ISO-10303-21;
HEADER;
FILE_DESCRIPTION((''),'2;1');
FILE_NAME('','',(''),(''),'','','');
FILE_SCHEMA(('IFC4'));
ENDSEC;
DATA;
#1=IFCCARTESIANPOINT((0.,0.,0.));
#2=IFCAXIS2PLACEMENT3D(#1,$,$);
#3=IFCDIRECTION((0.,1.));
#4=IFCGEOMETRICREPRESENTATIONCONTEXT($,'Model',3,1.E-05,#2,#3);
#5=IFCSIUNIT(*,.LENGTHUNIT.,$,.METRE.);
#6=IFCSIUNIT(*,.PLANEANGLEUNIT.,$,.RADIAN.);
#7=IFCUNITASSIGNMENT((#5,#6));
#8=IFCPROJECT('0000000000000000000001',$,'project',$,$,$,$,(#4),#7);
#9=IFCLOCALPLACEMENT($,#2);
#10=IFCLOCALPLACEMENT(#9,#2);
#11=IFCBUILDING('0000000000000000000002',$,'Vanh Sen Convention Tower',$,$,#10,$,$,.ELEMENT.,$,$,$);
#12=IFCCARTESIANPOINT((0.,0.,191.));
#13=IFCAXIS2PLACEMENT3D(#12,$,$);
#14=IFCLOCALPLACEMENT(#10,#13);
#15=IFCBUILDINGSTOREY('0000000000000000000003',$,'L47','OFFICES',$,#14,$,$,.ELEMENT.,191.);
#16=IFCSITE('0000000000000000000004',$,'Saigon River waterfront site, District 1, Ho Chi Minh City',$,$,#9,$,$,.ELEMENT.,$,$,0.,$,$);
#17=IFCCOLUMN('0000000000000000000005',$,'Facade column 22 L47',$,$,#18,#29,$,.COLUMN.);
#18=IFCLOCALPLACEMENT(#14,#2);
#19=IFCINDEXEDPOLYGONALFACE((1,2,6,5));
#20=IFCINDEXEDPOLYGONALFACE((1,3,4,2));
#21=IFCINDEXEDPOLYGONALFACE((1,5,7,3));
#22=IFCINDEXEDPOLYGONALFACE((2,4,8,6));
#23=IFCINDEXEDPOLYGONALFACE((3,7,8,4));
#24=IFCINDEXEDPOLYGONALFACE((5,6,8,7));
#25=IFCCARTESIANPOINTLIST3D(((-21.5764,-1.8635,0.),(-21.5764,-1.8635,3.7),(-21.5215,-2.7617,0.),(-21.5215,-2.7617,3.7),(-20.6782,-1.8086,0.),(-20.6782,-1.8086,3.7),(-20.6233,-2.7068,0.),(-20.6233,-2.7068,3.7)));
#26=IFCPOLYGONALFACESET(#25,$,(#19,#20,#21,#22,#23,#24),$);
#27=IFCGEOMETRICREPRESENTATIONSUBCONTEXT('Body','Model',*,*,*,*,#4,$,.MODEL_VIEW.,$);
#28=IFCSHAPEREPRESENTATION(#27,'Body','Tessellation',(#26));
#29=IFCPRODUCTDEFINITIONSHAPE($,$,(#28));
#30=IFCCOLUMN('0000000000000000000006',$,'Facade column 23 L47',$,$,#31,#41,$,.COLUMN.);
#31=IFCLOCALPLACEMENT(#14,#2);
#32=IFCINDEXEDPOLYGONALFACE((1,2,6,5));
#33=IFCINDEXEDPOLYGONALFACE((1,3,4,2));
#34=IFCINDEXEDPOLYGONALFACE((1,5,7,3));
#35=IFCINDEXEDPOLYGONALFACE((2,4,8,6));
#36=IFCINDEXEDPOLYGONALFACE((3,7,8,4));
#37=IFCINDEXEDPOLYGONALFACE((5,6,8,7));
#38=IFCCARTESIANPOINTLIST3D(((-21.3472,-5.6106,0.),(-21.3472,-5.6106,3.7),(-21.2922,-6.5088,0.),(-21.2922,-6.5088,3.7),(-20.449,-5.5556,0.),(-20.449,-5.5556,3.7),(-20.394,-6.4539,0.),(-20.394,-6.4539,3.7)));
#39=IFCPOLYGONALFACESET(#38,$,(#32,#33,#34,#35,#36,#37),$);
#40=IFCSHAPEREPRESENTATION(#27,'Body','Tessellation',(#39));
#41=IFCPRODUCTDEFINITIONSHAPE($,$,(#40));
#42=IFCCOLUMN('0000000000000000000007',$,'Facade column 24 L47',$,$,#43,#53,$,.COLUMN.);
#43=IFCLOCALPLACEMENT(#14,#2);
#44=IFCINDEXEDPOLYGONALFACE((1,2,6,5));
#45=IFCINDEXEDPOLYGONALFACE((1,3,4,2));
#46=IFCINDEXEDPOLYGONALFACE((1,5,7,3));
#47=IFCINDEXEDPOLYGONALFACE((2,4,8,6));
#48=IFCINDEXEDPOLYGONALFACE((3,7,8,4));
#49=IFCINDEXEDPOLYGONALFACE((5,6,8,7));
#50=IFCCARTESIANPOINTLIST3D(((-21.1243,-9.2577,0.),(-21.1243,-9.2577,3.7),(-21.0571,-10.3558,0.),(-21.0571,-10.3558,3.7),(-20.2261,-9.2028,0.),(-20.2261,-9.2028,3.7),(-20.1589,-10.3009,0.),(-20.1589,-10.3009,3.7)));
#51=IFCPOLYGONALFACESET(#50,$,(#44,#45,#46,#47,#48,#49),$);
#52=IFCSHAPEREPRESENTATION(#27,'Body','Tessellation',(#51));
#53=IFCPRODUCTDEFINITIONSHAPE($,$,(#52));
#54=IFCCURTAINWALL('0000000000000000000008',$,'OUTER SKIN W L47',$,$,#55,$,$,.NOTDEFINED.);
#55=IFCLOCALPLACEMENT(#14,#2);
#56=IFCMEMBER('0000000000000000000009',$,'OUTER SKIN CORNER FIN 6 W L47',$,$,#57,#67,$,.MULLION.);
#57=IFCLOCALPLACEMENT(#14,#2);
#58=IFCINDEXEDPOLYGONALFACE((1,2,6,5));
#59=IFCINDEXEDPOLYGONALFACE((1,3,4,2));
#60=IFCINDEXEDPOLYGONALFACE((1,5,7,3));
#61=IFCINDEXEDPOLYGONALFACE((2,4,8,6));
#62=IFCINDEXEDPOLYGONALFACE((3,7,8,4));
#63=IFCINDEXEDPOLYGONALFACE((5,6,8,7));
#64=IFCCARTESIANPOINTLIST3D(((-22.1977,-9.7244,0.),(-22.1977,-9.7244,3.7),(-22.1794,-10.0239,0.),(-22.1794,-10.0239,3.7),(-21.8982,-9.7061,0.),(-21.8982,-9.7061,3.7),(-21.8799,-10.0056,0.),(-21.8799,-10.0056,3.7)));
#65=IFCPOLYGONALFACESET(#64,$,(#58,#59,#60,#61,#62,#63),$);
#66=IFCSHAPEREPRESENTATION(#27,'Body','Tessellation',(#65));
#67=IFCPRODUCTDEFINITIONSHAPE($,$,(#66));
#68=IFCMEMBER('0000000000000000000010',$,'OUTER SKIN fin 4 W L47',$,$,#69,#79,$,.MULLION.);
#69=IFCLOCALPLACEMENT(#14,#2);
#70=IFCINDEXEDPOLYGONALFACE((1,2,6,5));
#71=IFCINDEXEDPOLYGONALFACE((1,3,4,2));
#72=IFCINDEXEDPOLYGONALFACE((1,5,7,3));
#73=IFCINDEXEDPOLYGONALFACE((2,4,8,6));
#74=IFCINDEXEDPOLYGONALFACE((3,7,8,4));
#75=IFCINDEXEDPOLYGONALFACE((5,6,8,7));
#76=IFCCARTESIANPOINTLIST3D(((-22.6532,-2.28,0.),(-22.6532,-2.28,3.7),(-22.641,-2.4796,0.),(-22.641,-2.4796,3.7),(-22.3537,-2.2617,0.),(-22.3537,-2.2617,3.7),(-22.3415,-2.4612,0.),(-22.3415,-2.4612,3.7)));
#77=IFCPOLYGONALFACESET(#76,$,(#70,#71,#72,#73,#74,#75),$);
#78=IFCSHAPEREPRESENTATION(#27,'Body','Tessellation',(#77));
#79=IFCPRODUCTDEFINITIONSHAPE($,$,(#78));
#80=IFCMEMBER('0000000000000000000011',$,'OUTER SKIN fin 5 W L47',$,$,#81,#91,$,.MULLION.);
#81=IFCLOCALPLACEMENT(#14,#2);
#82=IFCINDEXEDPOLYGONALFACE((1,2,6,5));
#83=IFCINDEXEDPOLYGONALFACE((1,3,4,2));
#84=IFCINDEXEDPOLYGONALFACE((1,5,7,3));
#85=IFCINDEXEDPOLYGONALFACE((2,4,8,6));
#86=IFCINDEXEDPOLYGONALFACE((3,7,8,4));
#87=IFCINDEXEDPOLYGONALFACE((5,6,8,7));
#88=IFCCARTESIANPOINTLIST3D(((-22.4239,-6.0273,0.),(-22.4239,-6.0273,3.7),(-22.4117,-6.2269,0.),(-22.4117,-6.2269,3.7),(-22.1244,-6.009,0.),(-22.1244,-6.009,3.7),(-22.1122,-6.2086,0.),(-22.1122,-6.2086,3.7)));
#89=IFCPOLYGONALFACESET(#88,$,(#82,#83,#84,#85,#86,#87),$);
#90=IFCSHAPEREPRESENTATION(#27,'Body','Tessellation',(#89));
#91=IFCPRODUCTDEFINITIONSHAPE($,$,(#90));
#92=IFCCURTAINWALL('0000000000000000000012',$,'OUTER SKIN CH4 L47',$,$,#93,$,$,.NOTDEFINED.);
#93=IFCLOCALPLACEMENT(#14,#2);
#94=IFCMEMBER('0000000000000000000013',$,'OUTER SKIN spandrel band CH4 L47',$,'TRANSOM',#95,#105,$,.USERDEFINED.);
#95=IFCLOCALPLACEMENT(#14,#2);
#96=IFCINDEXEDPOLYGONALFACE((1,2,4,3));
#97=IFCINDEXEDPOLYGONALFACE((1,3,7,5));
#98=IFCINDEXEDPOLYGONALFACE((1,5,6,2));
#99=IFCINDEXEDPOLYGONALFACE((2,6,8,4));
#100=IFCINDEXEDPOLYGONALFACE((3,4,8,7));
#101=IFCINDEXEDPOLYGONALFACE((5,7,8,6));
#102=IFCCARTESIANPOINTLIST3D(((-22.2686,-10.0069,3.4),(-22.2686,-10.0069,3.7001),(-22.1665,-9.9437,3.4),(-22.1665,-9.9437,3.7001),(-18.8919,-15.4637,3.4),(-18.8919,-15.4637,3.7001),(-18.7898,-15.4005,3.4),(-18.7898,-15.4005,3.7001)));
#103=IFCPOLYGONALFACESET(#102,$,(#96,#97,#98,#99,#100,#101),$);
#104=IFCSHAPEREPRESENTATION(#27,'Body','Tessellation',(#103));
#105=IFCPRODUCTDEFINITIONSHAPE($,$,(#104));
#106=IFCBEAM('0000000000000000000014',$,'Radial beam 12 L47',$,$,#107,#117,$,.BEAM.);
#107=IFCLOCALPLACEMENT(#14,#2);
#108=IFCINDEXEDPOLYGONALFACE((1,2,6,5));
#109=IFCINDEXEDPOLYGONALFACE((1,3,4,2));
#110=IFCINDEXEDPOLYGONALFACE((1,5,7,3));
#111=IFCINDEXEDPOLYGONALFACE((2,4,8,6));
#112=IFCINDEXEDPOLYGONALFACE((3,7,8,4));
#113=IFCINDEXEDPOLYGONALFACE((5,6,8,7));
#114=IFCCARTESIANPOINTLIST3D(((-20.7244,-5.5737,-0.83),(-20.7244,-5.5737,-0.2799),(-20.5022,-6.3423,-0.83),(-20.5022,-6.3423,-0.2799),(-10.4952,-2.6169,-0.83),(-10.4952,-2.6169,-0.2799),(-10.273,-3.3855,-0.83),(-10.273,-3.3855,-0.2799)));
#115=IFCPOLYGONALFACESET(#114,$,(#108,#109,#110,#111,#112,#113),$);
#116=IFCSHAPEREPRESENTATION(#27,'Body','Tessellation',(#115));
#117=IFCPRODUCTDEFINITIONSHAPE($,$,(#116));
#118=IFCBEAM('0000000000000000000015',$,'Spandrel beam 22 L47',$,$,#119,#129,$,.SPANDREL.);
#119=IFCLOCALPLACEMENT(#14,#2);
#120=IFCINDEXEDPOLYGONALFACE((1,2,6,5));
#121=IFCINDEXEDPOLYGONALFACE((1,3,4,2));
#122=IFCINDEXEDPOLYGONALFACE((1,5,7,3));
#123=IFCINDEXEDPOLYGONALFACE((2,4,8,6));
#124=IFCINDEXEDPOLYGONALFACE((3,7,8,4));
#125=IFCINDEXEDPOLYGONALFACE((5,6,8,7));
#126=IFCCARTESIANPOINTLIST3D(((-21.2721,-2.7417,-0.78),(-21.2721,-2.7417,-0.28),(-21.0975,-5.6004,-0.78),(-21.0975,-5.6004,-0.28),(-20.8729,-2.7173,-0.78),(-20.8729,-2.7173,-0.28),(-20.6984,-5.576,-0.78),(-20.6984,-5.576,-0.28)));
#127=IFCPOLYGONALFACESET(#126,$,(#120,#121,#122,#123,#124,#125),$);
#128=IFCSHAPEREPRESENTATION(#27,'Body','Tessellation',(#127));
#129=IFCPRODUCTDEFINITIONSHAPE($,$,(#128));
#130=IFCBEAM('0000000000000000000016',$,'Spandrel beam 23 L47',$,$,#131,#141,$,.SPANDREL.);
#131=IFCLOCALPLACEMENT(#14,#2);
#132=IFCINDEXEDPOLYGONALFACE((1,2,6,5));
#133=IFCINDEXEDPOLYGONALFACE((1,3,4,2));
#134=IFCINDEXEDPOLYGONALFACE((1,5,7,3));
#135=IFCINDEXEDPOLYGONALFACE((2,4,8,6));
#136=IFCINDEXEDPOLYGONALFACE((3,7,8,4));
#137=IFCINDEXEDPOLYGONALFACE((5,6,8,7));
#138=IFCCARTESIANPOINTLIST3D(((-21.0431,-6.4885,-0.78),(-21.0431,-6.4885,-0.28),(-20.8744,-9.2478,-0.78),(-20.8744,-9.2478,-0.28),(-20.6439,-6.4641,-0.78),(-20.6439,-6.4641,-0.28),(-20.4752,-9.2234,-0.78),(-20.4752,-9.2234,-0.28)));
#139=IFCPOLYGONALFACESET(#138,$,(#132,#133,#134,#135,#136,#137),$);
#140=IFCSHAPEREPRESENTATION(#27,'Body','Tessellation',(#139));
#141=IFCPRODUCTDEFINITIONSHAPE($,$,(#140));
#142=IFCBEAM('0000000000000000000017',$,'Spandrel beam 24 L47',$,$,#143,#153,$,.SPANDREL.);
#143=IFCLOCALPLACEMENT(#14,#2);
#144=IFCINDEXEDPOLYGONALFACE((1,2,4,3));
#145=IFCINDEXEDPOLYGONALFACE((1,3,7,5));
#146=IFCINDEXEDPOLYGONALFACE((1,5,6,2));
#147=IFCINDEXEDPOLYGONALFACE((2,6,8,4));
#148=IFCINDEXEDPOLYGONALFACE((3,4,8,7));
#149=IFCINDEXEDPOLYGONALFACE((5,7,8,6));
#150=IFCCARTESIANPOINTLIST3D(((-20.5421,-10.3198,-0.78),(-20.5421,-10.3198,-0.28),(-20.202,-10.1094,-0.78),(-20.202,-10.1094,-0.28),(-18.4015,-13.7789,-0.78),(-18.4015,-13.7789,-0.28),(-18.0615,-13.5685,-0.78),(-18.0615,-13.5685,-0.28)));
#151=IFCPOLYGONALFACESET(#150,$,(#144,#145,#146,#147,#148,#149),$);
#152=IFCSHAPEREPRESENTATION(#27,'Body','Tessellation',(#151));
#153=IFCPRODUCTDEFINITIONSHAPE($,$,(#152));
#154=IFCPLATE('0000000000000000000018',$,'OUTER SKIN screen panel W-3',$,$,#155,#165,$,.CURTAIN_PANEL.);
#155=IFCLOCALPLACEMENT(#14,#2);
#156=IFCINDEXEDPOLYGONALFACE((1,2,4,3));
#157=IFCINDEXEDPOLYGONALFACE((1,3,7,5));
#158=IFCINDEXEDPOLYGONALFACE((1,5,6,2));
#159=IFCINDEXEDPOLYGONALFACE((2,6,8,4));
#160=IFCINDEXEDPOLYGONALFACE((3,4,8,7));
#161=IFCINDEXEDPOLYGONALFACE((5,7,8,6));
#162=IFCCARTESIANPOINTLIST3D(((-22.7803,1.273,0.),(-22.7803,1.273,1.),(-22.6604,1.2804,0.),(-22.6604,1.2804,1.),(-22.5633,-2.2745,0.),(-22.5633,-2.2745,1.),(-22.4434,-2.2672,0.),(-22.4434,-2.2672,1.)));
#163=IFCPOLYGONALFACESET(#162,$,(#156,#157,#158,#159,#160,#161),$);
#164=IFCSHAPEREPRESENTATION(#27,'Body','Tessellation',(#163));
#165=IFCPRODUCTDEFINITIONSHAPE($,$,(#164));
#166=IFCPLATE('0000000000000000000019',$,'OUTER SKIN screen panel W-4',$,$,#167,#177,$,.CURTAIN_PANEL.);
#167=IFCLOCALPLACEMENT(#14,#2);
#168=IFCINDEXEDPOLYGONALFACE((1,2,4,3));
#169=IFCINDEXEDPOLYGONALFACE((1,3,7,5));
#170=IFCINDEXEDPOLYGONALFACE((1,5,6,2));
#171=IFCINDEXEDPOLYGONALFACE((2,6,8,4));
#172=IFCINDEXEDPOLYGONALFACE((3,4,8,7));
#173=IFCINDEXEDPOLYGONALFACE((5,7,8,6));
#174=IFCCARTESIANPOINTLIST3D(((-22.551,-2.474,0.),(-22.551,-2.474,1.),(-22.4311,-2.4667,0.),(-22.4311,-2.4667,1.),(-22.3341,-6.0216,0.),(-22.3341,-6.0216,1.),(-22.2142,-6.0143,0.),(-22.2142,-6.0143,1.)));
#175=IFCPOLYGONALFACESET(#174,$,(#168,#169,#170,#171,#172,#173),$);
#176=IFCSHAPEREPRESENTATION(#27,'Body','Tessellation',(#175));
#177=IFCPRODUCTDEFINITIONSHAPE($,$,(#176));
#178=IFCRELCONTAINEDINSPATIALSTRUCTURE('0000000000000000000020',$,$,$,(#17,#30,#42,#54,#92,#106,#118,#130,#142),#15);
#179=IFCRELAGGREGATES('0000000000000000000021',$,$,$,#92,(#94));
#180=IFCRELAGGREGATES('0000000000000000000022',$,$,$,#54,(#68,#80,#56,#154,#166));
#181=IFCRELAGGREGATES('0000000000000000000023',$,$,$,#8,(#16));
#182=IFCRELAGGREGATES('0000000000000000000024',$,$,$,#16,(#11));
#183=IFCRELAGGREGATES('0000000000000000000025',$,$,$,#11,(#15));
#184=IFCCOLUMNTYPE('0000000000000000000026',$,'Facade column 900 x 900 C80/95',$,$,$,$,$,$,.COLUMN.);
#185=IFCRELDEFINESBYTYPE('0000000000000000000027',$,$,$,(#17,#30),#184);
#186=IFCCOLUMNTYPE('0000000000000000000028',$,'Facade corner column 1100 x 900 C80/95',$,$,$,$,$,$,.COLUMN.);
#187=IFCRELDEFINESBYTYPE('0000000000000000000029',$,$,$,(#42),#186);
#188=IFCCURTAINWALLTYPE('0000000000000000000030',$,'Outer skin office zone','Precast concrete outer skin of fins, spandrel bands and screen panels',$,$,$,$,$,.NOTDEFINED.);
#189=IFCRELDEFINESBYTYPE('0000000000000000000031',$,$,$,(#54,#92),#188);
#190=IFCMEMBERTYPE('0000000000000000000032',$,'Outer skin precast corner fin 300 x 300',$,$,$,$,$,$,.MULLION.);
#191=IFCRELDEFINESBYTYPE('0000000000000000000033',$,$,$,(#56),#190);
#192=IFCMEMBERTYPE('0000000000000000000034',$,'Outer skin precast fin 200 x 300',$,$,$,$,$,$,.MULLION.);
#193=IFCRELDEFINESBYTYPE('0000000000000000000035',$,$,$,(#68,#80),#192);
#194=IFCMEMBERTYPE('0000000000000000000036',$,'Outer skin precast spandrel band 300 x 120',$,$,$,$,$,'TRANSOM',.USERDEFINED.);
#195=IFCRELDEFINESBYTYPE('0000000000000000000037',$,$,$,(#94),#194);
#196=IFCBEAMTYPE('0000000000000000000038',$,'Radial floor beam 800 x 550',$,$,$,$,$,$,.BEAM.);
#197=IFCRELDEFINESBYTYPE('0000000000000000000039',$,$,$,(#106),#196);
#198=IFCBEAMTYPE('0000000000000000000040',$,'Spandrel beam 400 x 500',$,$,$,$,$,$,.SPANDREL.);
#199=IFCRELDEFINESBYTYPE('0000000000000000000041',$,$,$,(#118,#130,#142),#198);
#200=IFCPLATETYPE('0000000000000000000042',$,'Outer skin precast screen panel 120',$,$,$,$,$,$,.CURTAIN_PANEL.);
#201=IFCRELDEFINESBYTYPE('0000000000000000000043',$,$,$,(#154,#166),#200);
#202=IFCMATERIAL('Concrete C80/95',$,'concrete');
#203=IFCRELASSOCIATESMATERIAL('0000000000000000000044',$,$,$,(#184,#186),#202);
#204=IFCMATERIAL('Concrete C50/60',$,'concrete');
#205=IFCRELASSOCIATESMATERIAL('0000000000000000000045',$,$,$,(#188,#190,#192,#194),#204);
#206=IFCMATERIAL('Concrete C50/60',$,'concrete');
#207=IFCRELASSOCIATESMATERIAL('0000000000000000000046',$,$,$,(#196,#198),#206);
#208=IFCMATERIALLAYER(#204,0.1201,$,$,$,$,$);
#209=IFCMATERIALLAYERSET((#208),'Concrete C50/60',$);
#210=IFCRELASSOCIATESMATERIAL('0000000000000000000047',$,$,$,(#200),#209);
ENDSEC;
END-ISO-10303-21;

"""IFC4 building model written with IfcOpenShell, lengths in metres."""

from ifc_helpers import new_model, si_unit, direction, frame, origin, origin_2d, place, context, subcontext, project, spatial, rectangle, extrude, material, layer, layer_set, material_profile, profile_set, type_object, element, aggregate, save


model = new_model("IFC4")

# Units and contexts
model_context = context("Model", 3, precision=1e-05, world=origin(), true_north=direction((0.0, 1.0)))
body_context = subcontext(model_context, "Body", "Model", "MODEL_VIEW")
ifc_project = project(units=[si_unit("LENGTHUNIT", "METRE"), si_unit("PLANEANGLEUNIT", "RADIAN")], contexts=[model_context])

# Site, building, storey
site_placement = place(None, origin())
site = spatial("IfcSite", under=ifc_project, at=site_placement, Name="Saigon River waterfront site, District 1, Ho Chi Minh City", CompositionType="ELEMENT", RefElevation=0.0)
building_placement = place(site_placement, origin())
building = spatial("IfcBuilding", under=site, at=building_placement, Name="Vanh Sen Convention Tower", CompositionType="ELEMENT")
storey_placement = place(building_placement, frame((0.0, 0.0, 191.0)))
storey = spatial("IfcBuildingStorey", under=building, at=storey_placement, Name="L47", Description="OFFICES", CompositionType="ELEMENT", Elevation=191.0)

# Columns
ifc_material_1 = material(Name="Concrete C80/95", Category="concrete")
ifc_material_profile_1 = material_profile(ifc_material_1, rectangle(XDim=0.8999, YDim=0.8999, at=origin_2d()), Name="RC 900X900")
ifc_profile_set_1 = profile_set([ifc_material_profile_1], Name="Concrete C80/95")
column_type_1 = type_object("IfcColumnType", Name="Facade column 900 x 900 C80/95", PredefinedType="COLUMN", material=ifc_profile_set_1)
for number, where, z_axis, x_axis, name in (
    (1, (-21.0999, -2.2852, 0.0), (0.0, 0.0, 1.0), (0.061049, -0.998135, 0.0), "Facade column 22 L47"),
    (2, (-20.8706, -6.0322, 0.0), (0.0, 0.0, 1.0), (0.061049, -0.998135, 0.0), "Facade column 23 L47"),
):
    element("IfcColumn", number, at=place(storey_placement, frame(where, z_axis=z_axis, x_axis=x_axis)), inside=storey, type_object=column_type_1, Name=name, PredefinedType="COLUMN", context=body_context, shape_type="SweptSolid", body=[
        extrude(rectangle(XDim=0.8999, YDim=0.8999, at=origin_2d()), origin(), (0.0, 0.0, 1.0), 3.7),
    ])
ifc_material_profile_2 = material_profile(ifc_material_1, rectangle(XDim=1.1001, YDim=0.8999, at=origin_2d()), Name="RC 1100X900")
ifc_profile_set_2 = profile_set([ifc_material_profile_2], Name="Concrete C80/95")
column_type_2 = type_object("IfcColumnType", Name="Facade corner column 1100 x 900 C80/95", PredefinedType="COLUMN", material=ifc_profile_set_2)
column_placement = place(storey_placement, frame((-20.6416, -9.7793, 0.0), z_axis=(0.0, 0.0, 1.0), x_axis=(0.061049, -0.998135, 0.0)))
element("IfcColumn", 3, at=column_placement, inside=storey, type_object=column_type_2, Name="Facade column 24 L47", PredefinedType="COLUMN", context=body_context, shape_type="SweptSolid", body=[
    extrude(rectangle(XDim=1.1001, YDim=0.8999, at=origin_2d()), origin(), (0.0, 0.0, 1.0), 3.7),
])

# Curtain wall, members
ifc_material_2 = material(Name="Concrete C50/60", Category="concrete")
curtain_wall_type = type_object("IfcCurtainWallType", Name="Outer skin office zone", Description="Precast concrete outer skin of fins, spandrel bands and screen panels", PredefinedType="NOTDEFINED", material=ifc_material_2)
curtain_wall_1_placement = place(storey_placement, origin())
curtain_wall_1 = element("IfcCurtainWall", 4, at=curtain_wall_1_placement, inside=storey, type_object=curtain_wall_type, Name="OUTER SKIN W L47", PredefinedType="NOTDEFINED")
ifc_material_profile_3 = material_profile(ifc_material_2, rectangle(XDim=0.3, YDim=0.3, at=origin_2d()), Name="Outer skin precast corner fin 300 x 300")
ifc_profile_set_3 = profile_set([ifc_material_profile_3], Name="Concrete C50/60")
member_type_1 = type_object("IfcMemberType", Name="Outer skin precast corner fin 300 x 300", PredefinedType="MULLION", material=ifc_profile_set_3)
member_1_placement = place(storey_placement, frame((-22.0388, -9.865, 0.0), z_axis=(0.0, 0.0, 1.0), x_axis=(0.061049, -0.998135, 0.0)))
member_1 = element("IfcMember", 5, at=member_1_placement, type_object=member_type_1, Name="OUTER SKIN CORNER FIN 6 W L47", PredefinedType="MULLION", context=body_context, shape_type="SweptSolid", body=[
    extrude(rectangle(XDim=0.3, YDim=0.3, at=origin_2d()), origin(), (0.0, 0.0, 1.0), 3.7),
])
ifc_material_profile_4 = material_profile(ifc_material_2, rectangle(XDim=0.2, YDim=0.3, at=origin_2d()), Name="Outer skin precast fin 200 x 300")
ifc_profile_set_4 = profile_set([ifc_material_profile_4], Name="Concrete C50/60")
member_type_2 = type_object("IfcMemberType", Name="Outer skin precast fin 200 x 300", PredefinedType="MULLION", material=ifc_profile_set_4)
member_2_placement = place(storey_placement, frame((-22.4973, -2.3706, 0.0), z_axis=(0.0, 0.0, 1.0), x_axis=(0.061049, -0.998135, 0.0)))
member_2 = element("IfcMember", 6, at=member_2_placement, type_object=member_type_2, Name="OUTER SKIN fin 4 W L47", PredefinedType="MULLION", context=body_context, shape_type="SweptSolid", body=[
    extrude(rectangle(XDim=0.2, YDim=0.3, at=origin_2d()), origin(), (0.0, 0.0, 1.0), 3.7),
])
member_3_placement = place(storey_placement, frame((-22.2681, -6.1179, 0.0), z_axis=(0.0, 0.0, 1.0), x_axis=(0.061049, -0.998135, 0.0)))
member_3 = element("IfcMember", 7, at=member_3_placement, type_object=member_type_2, Name="OUTER SKIN fin 5 W L47", PredefinedType="MULLION", context=body_context, shape_type="SweptSolid", body=[
    extrude(rectangle(XDim=0.2, YDim=0.3, at=origin_2d()), origin(), (0.0, 0.0, 1.0), 3.7),
])

# Curtain wall, member
curtain_wall_2_placement = place(storey_placement, origin())
curtain_wall_2 = element("IfcCurtainWall", 8, at=curtain_wall_2_placement, inside=storey, type_object=curtain_wall_type, Name="OUTER SKIN CH4 L47", PredefinedType="NOTDEFINED")
ifc_material_profile_5 = material_profile(ifc_material_2, rectangle(XDim=0.1201, YDim=0.3, at=origin_2d()), Name="Outer skin precast spandrel band 300 x 120")
ifc_profile_set_5 = profile_set([ifc_material_profile_5], Name="Concrete C50/60")
member_type_3 = type_object("IfcMemberType", Name="Outer skin precast spandrel band 300 x 120", ElementType="TRANSOM", PredefinedType="USERDEFINED", material=ifc_profile_set_5)
member_4_placement = place(storey_placement, frame((-22.2175, -9.9753, 3.55), z_axis=(0.526208, -0.850356, 0.0), x_axis=(0.850356, 0.526208, 0.0)))
member_4 = element("IfcMember", 9, at=member_4_placement, type_object=member_type_3, Name="OUTER SKIN spandrel band CH4 L47", ObjectType="TRANSOM", PredefinedType="USERDEFINED", context=body_context, shape_type="SweptSolid", body=[
    extrude(rectangle(XDim=0.1201, YDim=0.3, at=origin_2d()), origin(), (0.0, 0.0, 1.0), 6.417),
])
aggregate(curtain_wall_2, [member_4])

# Beams
ifc_material_3 = material(Name="Concrete C50/60", Category="concrete")
ifc_material_profile_6 = material_profile(ifc_material_3, rectangle(XDim=0.8, YDim=0.55, at=origin_2d()), Name="RC 800X550")
ifc_profile_set_6 = profile_set([ifc_material_profile_6], Name="Concrete C50/60")
beam_type_1 = type_object("IfcBeamType", Name="Radial floor beam 800 x 550", PredefinedType="BEAM", material=ifc_profile_set_6)
beam_1_placement = place(storey_placement, frame((-20.6133, -5.958, -0.5549), z_axis=(0.960672, 0.277684, 0.0), x_axis=(-0.277684, 0.960672, 0.0)))
element("IfcBeam", 10, at=beam_1_placement, inside=storey, type_object=beam_type_1, Name="Radial beam 12 L47", PredefinedType="BEAM", context=body_context, shape_type="SweptSolid", body=[
    extrude(rectangle(XDim=0.8, YDim=0.55, at=origin_2d()), origin(), (0.0, 0.0, 1.0), 10.6479),
])
ifc_material_profile_7 = material_profile(ifc_material_3, rectangle(XDim=0.3999, YDim=0.5, at=origin_2d()), Name="RC 400X500")
ifc_profile_set_7 = profile_set([ifc_material_profile_7], Name="Concrete C50/60")
beam_type_2 = type_object("IfcBeamType", Name="Spandrel beam 400 x 500", PredefinedType="SPANDREL", material=ifc_profile_set_7)
beam_2_placement = place(storey_placement, frame((-21.0725, -2.7295, -0.53), z_axis=(0.060951, -0.998141, 0.0), x_axis=(0.998141, 0.060951, 0.0)))
element("IfcBeam", 11, at=beam_2_placement, inside=storey, type_object=beam_type_2, Name="Spandrel beam 22 L47", PredefinedType="SPANDREL", context=body_context, shape_type="SweptSolid", body=[
    extrude(rectangle(XDim=0.3999, YDim=0.5, at=origin_2d()), origin(), (0.0, 0.0, 1.0), 2.864),
])
beam_3_placement = place(storey_placement, frame((-20.8435, -6.4763, -0.53), z_axis=(0.061026, -0.998136, 0.0), x_axis=(0.998136, 0.061026, 0.0)))
element("IfcBeam", 12, at=beam_3_placement, inside=storey, type_object=beam_type_2, Name="Spandrel beam 23 L47", PredefinedType="SPANDREL", context=body_context, shape_type="SweptSolid", body=[
    extrude(rectangle(XDim=0.3999, YDim=0.5, at=origin_2d()), origin(), (0.0, 0.0, 1.0), 2.7644),
])
beam_4_placement = place(storey_placement, frame((-20.3721, -10.2146, -0.53), z_axis=(0.526212, -0.850353, 0.0), x_axis=(0.850353, 0.526212, 0.0)))
element("IfcBeam", 13, at=beam_4_placement, inside=storey, type_object=beam_type_2, Name="Spandrel beam 24 L47", PredefinedType="SPANDREL", context=body_context, shape_type="SweptSolid", body=[
    extrude(rectangle(XDim=0.3999, YDim=0.5, at=origin_2d()), origin(), (0.0, 0.0, 1.0), 4.0679),
])

# Plates
ifc_layer_1 = layer(ifc_material_2, 0.1201)
ifc_layer_set_1 = layer_set([ifc_layer_1], Name="Concrete C50/60")
plate_type = type_object("IfcPlateType", Name="Outer skin precast screen panel 120", PredefinedType="CURTAIN_PANEL", material=ifc_layer_set_1)
plate_1_placement = place(storey_placement, frame((-22.6118, -0.4971, 0.0), z_axis=(0.0, 0.0, 1.0), x_axis=(0.061054, -0.998134, 0.0)))
plate_1 = element("IfcPlate", 14, at=plate_1_placement, type_object=plate_type, Name="OUTER SKIN screen panel W-3", PredefinedType="CURTAIN_PANEL", context=body_context, shape_type="SweptSolid", body=[
    extrude(rectangle(XDim=3.5542, YDim=0.1201, at=origin_2d()), origin(), (0.0, 0.0, 1.0), 1.0),
])
plate_2_placement = place(storey_placement, frame((-22.3826, -4.2441, 0.0), z_axis=(0.0, 0.0, 1.0), x_axis=(0.061026, -0.998136, 0.0)))
plate_2 = element("IfcPlate", 15, at=plate_2_placement, type_object=plate_type, Name="OUTER SKIN screen panel W-4", PredefinedType="CURTAIN_PANEL", context=body_context, shape_type="SweptSolid", body=[
    extrude(rectangle(XDim=3.5542, YDim=0.1201, at=origin_2d()), origin(), (0.0, 0.0, 1.0), 1.0),
])
aggregate(curtain_wall_1, [member_2, member_3, member_1, plate_1, plate_2])

save(model, "model.ifc")
